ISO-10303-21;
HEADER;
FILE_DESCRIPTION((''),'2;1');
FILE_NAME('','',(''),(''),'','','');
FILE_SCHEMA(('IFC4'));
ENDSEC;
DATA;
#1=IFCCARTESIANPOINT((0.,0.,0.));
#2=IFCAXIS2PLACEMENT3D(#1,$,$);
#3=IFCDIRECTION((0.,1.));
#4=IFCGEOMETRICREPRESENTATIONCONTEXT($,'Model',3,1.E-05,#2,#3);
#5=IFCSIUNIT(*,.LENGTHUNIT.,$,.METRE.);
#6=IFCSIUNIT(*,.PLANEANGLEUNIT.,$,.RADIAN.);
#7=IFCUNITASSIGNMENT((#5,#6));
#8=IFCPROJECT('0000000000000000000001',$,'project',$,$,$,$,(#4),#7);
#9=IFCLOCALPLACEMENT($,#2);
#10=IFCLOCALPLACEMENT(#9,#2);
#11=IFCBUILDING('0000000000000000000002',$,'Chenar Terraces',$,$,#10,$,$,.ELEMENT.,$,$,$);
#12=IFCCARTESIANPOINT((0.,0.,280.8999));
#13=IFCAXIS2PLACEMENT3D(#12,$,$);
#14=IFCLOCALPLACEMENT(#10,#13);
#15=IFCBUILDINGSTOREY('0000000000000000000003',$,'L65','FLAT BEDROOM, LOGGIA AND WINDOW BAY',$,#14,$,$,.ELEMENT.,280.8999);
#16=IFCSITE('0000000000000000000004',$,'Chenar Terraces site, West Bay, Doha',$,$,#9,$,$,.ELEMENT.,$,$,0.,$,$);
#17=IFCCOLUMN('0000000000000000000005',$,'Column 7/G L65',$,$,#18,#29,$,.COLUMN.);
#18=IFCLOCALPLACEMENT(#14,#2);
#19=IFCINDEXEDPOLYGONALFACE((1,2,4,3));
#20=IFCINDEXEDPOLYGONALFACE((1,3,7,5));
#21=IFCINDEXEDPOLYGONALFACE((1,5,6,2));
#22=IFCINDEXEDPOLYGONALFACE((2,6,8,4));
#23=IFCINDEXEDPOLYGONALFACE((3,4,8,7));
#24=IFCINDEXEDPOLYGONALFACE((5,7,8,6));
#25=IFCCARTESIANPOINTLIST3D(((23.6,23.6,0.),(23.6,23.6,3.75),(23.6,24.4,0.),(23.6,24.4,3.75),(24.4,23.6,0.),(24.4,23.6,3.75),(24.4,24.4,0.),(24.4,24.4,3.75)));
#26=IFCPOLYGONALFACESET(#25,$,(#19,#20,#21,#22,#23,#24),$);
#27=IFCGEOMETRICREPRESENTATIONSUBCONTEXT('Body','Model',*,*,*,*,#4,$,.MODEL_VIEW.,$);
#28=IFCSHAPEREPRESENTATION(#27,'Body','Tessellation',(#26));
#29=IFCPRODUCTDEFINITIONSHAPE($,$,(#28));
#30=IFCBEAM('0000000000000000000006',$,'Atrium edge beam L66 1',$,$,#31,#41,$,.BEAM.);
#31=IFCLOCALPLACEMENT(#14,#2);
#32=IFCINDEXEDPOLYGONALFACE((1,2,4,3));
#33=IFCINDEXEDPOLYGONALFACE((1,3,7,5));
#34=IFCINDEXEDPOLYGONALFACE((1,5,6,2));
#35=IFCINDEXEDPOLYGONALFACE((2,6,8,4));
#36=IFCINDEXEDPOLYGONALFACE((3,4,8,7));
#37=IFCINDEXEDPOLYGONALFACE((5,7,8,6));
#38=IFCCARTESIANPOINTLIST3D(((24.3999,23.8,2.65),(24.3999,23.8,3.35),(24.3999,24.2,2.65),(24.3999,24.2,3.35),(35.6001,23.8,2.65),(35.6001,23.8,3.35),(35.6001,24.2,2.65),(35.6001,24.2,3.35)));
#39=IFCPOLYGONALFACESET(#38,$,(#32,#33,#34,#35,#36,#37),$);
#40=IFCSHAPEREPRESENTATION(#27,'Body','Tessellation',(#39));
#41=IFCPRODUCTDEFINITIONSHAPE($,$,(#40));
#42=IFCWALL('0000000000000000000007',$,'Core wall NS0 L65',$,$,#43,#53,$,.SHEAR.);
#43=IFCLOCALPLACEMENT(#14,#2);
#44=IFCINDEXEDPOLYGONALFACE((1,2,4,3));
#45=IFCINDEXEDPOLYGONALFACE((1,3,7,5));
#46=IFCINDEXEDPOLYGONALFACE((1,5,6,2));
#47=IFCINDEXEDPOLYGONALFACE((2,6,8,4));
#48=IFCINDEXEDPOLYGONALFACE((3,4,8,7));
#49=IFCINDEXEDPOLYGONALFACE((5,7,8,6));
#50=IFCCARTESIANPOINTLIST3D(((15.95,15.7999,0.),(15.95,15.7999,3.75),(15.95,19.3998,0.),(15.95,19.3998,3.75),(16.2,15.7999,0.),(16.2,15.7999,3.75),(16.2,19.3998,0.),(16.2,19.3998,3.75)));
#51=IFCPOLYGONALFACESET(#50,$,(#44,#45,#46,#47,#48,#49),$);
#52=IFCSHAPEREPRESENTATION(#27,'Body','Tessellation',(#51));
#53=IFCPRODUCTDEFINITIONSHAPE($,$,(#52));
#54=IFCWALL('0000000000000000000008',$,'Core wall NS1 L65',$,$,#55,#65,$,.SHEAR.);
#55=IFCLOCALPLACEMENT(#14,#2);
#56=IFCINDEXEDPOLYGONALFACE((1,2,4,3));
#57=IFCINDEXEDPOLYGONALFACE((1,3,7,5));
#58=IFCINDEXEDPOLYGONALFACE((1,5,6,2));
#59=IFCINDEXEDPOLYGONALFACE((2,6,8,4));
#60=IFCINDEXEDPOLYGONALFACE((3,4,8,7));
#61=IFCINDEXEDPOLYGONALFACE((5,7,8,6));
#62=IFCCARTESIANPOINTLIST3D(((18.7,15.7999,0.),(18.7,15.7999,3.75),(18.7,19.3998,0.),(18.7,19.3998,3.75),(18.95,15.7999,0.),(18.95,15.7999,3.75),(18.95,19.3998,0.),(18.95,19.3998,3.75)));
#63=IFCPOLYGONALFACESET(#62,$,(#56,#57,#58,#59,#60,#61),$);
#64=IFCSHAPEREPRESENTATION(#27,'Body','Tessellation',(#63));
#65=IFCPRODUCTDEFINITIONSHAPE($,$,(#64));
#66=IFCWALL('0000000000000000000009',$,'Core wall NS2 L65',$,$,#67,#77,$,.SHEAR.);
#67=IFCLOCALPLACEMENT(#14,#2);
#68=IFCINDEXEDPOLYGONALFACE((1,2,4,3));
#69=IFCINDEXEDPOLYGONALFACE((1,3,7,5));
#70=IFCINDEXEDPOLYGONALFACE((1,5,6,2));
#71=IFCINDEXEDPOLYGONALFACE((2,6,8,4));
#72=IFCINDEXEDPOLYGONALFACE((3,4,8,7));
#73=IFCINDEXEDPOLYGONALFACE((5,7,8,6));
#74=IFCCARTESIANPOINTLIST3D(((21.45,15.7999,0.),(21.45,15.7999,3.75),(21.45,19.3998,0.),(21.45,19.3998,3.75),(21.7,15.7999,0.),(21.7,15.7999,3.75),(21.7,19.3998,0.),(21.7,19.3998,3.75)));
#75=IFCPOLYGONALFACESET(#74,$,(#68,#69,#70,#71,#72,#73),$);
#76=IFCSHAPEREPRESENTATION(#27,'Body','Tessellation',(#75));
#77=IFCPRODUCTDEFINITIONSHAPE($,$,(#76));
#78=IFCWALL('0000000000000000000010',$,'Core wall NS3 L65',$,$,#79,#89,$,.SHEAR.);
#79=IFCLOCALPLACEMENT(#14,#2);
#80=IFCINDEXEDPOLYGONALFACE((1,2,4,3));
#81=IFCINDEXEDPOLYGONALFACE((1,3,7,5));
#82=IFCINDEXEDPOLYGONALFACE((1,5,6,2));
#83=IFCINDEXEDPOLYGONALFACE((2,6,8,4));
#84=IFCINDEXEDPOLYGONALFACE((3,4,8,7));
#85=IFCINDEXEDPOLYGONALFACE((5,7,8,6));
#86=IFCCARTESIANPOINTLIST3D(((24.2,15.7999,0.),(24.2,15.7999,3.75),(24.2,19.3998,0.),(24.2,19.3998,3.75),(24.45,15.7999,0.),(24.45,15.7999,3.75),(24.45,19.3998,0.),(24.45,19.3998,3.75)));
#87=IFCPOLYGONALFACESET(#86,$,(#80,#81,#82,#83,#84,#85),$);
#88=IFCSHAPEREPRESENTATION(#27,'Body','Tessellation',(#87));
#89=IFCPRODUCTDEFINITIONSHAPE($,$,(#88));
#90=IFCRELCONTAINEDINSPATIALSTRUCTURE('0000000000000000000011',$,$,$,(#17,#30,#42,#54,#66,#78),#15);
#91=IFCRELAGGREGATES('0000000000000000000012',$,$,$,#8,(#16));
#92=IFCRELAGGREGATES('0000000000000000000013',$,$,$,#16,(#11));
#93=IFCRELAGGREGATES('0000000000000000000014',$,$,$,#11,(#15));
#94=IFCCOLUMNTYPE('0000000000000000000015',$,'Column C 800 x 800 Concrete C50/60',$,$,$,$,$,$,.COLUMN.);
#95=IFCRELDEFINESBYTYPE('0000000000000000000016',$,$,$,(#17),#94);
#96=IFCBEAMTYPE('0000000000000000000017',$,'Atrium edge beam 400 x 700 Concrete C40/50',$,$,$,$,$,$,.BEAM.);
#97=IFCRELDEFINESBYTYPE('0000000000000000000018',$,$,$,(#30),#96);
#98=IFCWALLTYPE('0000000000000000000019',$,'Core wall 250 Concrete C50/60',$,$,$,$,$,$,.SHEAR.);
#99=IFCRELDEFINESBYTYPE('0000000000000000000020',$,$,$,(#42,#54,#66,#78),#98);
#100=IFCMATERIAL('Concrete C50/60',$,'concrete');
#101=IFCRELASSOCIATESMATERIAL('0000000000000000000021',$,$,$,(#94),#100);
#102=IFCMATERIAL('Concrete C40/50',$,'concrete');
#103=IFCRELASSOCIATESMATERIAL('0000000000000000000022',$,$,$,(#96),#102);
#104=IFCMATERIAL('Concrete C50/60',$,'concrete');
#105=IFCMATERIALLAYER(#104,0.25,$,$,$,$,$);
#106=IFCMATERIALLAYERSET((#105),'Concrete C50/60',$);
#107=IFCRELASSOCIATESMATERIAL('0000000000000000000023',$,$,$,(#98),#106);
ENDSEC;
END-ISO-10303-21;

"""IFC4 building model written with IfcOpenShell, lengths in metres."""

from ifc_helpers import new_model, si_unit, direction, frame, frame_2d, origin, origin_2d, place, context, subcontext, project, spatial, rectangle, extrude, material, layer, layer_set, material_profile, profile_set, type_object, element, save


model = new_model("IFC4")

# Units and contexts
model_context = context("Model", 3, precision=1e-05, world=origin(), true_north=direction((0.0, 1.0)))
body_context = subcontext(model_context, "Body", "Model", "MODEL_VIEW")
ifc_project = project(units=[si_unit("LENGTHUNIT", "METRE"), si_unit("PLANEANGLEUNIT", "RADIAN")], contexts=[model_context])

# Site, building, storey
site_placement = place(None, origin())
site = spatial("IfcSite", under=ifc_project, at=site_placement, Name="Chenar Terraces site, West Bay, Doha", CompositionType="ELEMENT", RefElevation=0.0)
building_placement = place(site_placement, origin())
building = spatial("IfcBuilding", under=site, at=building_placement, Name="Chenar Terraces", CompositionType="ELEMENT")
storey_placement = place(building_placement, frame((0.0, 0.0, 280.8999)))
storey = spatial("IfcBuildingStorey", under=building, at=storey_placement, Name="L65", Description="FLAT BEDROOM, LOGGIA AND WINDOW BAY", CompositionType="ELEMENT", Elevation=280.8999)

# Column
ifc_material_1 = material(Name="Concrete C50/60", Category="concrete")
ifc_material_profile_1 = material_profile(ifc_material_1, rectangle(XDim=0.8, YDim=0.8, at=origin_2d()), Name="C 800 x 800")
ifc_profile_set_1 = profile_set([ifc_material_profile_1], Name="Concrete C50/60")
column_type = type_object("IfcColumnType", Name="Column C 800 x 800 Concrete C50/60", PredefinedType="COLUMN", material=ifc_profile_set_1)
column_placement = place(storey_placement, frame((24.0, 24.0, 0.0), z_axis=(0.0, 0.0, 1.0), x_axis=(1.0, 0.0, 0.0)))
element("IfcColumn", 1, at=column_placement, inside=storey, type_object=column_type, Name="Column 7/G L65", PredefinedType="COLUMN", context=body_context, shape_type="SweptSolid", body=[
    extrude(rectangle(XDim=0.8, YDim=0.8, at=origin_2d()), origin(), (0.0, 0.0, 1.0), 3.75),
])

# Beam
ifc_material_2 = material(Name="Concrete C40/50", Category="concrete")
ifc_material_profile_2 = material_profile(ifc_material_2, rectangle(XDim=0.3999, YDim=0.7, at=origin_2d()), Name="RC 400 x 700")
ifc_profile_set_2 = profile_set([ifc_material_profile_2], Name="Concrete C40/50")
beam_type = type_object("IfcBeamType", Name="Atrium edge beam 400 x 700 Concrete C40/50", PredefinedType="BEAM", material=ifc_profile_set_2)
beam_placement = place(storey_placement, frame((24.3999, 24.0, 3.0), z_axis=(1.0, 0.0, 0.0), x_axis=(0.0, 1.0, 0.0)))
element("IfcBeam", 2, at=beam_placement, inside=storey, type_object=beam_type, Name="Atrium edge beam L66 1", PredefinedType="BEAM", context=body_context, shape_type="SweptSolid", body=[
    extrude(rectangle(XDim=0.3999, YDim=0.7, at=origin_2d()), origin(), (0.0, 0.0, 1.0), 11.2002),
])

# Walls
ifc_material_3 = material(Name="Concrete C50/60", Category="concrete")
ifc_layer_1 = layer(ifc_material_3, 0.25)
ifc_layer_set_1 = layer_set([ifc_layer_1], Name="Concrete C50/60")
wall_type_1 = type_object("IfcWallType", Name="Core wall 250 Concrete C50/60", PredefinedType="SHEAR", material=ifc_layer_set_1)
for number, where, z_axis, x_axis, name in (
    (3, (16.075, 15.8, 0.0), (0.0, 0.0, 1.0), (0.0, 1.0, 0.0), "Core wall NS0 L65"),
    (4, (18.825, 15.8, 0.0), (0.0, 0.0, 1.0), (0.0, 1.0, 0.0), "Core wall NS1 L65"),
    (5, (21.575, 15.8, 0.0), (0.0, 0.0, 1.0), (0.0, 1.0, 0.0), "Core wall NS2 L65"),
    (6, (24.325, 15.8, 0.0), (0.0, 0.0, 1.0), (0.0, 1.0, 0.0), "Core wall NS3 L65"),
):
    element("IfcWall", number, at=place(storey_placement, frame(where, z_axis=z_axis, x_axis=x_axis)), inside=storey, type_object=wall_type_1, Name=name, PredefinedType="SHEAR", context=body_context, shape_type="SweptSolid", body=[
        extrude(rectangle(XDim=3.5999, YDim=0.25, at=frame_2d((1.7998, 0.0))), origin(), (0.0, 0.0, 1.0), 3.75),
    ])

save(model, "model.ifc")
